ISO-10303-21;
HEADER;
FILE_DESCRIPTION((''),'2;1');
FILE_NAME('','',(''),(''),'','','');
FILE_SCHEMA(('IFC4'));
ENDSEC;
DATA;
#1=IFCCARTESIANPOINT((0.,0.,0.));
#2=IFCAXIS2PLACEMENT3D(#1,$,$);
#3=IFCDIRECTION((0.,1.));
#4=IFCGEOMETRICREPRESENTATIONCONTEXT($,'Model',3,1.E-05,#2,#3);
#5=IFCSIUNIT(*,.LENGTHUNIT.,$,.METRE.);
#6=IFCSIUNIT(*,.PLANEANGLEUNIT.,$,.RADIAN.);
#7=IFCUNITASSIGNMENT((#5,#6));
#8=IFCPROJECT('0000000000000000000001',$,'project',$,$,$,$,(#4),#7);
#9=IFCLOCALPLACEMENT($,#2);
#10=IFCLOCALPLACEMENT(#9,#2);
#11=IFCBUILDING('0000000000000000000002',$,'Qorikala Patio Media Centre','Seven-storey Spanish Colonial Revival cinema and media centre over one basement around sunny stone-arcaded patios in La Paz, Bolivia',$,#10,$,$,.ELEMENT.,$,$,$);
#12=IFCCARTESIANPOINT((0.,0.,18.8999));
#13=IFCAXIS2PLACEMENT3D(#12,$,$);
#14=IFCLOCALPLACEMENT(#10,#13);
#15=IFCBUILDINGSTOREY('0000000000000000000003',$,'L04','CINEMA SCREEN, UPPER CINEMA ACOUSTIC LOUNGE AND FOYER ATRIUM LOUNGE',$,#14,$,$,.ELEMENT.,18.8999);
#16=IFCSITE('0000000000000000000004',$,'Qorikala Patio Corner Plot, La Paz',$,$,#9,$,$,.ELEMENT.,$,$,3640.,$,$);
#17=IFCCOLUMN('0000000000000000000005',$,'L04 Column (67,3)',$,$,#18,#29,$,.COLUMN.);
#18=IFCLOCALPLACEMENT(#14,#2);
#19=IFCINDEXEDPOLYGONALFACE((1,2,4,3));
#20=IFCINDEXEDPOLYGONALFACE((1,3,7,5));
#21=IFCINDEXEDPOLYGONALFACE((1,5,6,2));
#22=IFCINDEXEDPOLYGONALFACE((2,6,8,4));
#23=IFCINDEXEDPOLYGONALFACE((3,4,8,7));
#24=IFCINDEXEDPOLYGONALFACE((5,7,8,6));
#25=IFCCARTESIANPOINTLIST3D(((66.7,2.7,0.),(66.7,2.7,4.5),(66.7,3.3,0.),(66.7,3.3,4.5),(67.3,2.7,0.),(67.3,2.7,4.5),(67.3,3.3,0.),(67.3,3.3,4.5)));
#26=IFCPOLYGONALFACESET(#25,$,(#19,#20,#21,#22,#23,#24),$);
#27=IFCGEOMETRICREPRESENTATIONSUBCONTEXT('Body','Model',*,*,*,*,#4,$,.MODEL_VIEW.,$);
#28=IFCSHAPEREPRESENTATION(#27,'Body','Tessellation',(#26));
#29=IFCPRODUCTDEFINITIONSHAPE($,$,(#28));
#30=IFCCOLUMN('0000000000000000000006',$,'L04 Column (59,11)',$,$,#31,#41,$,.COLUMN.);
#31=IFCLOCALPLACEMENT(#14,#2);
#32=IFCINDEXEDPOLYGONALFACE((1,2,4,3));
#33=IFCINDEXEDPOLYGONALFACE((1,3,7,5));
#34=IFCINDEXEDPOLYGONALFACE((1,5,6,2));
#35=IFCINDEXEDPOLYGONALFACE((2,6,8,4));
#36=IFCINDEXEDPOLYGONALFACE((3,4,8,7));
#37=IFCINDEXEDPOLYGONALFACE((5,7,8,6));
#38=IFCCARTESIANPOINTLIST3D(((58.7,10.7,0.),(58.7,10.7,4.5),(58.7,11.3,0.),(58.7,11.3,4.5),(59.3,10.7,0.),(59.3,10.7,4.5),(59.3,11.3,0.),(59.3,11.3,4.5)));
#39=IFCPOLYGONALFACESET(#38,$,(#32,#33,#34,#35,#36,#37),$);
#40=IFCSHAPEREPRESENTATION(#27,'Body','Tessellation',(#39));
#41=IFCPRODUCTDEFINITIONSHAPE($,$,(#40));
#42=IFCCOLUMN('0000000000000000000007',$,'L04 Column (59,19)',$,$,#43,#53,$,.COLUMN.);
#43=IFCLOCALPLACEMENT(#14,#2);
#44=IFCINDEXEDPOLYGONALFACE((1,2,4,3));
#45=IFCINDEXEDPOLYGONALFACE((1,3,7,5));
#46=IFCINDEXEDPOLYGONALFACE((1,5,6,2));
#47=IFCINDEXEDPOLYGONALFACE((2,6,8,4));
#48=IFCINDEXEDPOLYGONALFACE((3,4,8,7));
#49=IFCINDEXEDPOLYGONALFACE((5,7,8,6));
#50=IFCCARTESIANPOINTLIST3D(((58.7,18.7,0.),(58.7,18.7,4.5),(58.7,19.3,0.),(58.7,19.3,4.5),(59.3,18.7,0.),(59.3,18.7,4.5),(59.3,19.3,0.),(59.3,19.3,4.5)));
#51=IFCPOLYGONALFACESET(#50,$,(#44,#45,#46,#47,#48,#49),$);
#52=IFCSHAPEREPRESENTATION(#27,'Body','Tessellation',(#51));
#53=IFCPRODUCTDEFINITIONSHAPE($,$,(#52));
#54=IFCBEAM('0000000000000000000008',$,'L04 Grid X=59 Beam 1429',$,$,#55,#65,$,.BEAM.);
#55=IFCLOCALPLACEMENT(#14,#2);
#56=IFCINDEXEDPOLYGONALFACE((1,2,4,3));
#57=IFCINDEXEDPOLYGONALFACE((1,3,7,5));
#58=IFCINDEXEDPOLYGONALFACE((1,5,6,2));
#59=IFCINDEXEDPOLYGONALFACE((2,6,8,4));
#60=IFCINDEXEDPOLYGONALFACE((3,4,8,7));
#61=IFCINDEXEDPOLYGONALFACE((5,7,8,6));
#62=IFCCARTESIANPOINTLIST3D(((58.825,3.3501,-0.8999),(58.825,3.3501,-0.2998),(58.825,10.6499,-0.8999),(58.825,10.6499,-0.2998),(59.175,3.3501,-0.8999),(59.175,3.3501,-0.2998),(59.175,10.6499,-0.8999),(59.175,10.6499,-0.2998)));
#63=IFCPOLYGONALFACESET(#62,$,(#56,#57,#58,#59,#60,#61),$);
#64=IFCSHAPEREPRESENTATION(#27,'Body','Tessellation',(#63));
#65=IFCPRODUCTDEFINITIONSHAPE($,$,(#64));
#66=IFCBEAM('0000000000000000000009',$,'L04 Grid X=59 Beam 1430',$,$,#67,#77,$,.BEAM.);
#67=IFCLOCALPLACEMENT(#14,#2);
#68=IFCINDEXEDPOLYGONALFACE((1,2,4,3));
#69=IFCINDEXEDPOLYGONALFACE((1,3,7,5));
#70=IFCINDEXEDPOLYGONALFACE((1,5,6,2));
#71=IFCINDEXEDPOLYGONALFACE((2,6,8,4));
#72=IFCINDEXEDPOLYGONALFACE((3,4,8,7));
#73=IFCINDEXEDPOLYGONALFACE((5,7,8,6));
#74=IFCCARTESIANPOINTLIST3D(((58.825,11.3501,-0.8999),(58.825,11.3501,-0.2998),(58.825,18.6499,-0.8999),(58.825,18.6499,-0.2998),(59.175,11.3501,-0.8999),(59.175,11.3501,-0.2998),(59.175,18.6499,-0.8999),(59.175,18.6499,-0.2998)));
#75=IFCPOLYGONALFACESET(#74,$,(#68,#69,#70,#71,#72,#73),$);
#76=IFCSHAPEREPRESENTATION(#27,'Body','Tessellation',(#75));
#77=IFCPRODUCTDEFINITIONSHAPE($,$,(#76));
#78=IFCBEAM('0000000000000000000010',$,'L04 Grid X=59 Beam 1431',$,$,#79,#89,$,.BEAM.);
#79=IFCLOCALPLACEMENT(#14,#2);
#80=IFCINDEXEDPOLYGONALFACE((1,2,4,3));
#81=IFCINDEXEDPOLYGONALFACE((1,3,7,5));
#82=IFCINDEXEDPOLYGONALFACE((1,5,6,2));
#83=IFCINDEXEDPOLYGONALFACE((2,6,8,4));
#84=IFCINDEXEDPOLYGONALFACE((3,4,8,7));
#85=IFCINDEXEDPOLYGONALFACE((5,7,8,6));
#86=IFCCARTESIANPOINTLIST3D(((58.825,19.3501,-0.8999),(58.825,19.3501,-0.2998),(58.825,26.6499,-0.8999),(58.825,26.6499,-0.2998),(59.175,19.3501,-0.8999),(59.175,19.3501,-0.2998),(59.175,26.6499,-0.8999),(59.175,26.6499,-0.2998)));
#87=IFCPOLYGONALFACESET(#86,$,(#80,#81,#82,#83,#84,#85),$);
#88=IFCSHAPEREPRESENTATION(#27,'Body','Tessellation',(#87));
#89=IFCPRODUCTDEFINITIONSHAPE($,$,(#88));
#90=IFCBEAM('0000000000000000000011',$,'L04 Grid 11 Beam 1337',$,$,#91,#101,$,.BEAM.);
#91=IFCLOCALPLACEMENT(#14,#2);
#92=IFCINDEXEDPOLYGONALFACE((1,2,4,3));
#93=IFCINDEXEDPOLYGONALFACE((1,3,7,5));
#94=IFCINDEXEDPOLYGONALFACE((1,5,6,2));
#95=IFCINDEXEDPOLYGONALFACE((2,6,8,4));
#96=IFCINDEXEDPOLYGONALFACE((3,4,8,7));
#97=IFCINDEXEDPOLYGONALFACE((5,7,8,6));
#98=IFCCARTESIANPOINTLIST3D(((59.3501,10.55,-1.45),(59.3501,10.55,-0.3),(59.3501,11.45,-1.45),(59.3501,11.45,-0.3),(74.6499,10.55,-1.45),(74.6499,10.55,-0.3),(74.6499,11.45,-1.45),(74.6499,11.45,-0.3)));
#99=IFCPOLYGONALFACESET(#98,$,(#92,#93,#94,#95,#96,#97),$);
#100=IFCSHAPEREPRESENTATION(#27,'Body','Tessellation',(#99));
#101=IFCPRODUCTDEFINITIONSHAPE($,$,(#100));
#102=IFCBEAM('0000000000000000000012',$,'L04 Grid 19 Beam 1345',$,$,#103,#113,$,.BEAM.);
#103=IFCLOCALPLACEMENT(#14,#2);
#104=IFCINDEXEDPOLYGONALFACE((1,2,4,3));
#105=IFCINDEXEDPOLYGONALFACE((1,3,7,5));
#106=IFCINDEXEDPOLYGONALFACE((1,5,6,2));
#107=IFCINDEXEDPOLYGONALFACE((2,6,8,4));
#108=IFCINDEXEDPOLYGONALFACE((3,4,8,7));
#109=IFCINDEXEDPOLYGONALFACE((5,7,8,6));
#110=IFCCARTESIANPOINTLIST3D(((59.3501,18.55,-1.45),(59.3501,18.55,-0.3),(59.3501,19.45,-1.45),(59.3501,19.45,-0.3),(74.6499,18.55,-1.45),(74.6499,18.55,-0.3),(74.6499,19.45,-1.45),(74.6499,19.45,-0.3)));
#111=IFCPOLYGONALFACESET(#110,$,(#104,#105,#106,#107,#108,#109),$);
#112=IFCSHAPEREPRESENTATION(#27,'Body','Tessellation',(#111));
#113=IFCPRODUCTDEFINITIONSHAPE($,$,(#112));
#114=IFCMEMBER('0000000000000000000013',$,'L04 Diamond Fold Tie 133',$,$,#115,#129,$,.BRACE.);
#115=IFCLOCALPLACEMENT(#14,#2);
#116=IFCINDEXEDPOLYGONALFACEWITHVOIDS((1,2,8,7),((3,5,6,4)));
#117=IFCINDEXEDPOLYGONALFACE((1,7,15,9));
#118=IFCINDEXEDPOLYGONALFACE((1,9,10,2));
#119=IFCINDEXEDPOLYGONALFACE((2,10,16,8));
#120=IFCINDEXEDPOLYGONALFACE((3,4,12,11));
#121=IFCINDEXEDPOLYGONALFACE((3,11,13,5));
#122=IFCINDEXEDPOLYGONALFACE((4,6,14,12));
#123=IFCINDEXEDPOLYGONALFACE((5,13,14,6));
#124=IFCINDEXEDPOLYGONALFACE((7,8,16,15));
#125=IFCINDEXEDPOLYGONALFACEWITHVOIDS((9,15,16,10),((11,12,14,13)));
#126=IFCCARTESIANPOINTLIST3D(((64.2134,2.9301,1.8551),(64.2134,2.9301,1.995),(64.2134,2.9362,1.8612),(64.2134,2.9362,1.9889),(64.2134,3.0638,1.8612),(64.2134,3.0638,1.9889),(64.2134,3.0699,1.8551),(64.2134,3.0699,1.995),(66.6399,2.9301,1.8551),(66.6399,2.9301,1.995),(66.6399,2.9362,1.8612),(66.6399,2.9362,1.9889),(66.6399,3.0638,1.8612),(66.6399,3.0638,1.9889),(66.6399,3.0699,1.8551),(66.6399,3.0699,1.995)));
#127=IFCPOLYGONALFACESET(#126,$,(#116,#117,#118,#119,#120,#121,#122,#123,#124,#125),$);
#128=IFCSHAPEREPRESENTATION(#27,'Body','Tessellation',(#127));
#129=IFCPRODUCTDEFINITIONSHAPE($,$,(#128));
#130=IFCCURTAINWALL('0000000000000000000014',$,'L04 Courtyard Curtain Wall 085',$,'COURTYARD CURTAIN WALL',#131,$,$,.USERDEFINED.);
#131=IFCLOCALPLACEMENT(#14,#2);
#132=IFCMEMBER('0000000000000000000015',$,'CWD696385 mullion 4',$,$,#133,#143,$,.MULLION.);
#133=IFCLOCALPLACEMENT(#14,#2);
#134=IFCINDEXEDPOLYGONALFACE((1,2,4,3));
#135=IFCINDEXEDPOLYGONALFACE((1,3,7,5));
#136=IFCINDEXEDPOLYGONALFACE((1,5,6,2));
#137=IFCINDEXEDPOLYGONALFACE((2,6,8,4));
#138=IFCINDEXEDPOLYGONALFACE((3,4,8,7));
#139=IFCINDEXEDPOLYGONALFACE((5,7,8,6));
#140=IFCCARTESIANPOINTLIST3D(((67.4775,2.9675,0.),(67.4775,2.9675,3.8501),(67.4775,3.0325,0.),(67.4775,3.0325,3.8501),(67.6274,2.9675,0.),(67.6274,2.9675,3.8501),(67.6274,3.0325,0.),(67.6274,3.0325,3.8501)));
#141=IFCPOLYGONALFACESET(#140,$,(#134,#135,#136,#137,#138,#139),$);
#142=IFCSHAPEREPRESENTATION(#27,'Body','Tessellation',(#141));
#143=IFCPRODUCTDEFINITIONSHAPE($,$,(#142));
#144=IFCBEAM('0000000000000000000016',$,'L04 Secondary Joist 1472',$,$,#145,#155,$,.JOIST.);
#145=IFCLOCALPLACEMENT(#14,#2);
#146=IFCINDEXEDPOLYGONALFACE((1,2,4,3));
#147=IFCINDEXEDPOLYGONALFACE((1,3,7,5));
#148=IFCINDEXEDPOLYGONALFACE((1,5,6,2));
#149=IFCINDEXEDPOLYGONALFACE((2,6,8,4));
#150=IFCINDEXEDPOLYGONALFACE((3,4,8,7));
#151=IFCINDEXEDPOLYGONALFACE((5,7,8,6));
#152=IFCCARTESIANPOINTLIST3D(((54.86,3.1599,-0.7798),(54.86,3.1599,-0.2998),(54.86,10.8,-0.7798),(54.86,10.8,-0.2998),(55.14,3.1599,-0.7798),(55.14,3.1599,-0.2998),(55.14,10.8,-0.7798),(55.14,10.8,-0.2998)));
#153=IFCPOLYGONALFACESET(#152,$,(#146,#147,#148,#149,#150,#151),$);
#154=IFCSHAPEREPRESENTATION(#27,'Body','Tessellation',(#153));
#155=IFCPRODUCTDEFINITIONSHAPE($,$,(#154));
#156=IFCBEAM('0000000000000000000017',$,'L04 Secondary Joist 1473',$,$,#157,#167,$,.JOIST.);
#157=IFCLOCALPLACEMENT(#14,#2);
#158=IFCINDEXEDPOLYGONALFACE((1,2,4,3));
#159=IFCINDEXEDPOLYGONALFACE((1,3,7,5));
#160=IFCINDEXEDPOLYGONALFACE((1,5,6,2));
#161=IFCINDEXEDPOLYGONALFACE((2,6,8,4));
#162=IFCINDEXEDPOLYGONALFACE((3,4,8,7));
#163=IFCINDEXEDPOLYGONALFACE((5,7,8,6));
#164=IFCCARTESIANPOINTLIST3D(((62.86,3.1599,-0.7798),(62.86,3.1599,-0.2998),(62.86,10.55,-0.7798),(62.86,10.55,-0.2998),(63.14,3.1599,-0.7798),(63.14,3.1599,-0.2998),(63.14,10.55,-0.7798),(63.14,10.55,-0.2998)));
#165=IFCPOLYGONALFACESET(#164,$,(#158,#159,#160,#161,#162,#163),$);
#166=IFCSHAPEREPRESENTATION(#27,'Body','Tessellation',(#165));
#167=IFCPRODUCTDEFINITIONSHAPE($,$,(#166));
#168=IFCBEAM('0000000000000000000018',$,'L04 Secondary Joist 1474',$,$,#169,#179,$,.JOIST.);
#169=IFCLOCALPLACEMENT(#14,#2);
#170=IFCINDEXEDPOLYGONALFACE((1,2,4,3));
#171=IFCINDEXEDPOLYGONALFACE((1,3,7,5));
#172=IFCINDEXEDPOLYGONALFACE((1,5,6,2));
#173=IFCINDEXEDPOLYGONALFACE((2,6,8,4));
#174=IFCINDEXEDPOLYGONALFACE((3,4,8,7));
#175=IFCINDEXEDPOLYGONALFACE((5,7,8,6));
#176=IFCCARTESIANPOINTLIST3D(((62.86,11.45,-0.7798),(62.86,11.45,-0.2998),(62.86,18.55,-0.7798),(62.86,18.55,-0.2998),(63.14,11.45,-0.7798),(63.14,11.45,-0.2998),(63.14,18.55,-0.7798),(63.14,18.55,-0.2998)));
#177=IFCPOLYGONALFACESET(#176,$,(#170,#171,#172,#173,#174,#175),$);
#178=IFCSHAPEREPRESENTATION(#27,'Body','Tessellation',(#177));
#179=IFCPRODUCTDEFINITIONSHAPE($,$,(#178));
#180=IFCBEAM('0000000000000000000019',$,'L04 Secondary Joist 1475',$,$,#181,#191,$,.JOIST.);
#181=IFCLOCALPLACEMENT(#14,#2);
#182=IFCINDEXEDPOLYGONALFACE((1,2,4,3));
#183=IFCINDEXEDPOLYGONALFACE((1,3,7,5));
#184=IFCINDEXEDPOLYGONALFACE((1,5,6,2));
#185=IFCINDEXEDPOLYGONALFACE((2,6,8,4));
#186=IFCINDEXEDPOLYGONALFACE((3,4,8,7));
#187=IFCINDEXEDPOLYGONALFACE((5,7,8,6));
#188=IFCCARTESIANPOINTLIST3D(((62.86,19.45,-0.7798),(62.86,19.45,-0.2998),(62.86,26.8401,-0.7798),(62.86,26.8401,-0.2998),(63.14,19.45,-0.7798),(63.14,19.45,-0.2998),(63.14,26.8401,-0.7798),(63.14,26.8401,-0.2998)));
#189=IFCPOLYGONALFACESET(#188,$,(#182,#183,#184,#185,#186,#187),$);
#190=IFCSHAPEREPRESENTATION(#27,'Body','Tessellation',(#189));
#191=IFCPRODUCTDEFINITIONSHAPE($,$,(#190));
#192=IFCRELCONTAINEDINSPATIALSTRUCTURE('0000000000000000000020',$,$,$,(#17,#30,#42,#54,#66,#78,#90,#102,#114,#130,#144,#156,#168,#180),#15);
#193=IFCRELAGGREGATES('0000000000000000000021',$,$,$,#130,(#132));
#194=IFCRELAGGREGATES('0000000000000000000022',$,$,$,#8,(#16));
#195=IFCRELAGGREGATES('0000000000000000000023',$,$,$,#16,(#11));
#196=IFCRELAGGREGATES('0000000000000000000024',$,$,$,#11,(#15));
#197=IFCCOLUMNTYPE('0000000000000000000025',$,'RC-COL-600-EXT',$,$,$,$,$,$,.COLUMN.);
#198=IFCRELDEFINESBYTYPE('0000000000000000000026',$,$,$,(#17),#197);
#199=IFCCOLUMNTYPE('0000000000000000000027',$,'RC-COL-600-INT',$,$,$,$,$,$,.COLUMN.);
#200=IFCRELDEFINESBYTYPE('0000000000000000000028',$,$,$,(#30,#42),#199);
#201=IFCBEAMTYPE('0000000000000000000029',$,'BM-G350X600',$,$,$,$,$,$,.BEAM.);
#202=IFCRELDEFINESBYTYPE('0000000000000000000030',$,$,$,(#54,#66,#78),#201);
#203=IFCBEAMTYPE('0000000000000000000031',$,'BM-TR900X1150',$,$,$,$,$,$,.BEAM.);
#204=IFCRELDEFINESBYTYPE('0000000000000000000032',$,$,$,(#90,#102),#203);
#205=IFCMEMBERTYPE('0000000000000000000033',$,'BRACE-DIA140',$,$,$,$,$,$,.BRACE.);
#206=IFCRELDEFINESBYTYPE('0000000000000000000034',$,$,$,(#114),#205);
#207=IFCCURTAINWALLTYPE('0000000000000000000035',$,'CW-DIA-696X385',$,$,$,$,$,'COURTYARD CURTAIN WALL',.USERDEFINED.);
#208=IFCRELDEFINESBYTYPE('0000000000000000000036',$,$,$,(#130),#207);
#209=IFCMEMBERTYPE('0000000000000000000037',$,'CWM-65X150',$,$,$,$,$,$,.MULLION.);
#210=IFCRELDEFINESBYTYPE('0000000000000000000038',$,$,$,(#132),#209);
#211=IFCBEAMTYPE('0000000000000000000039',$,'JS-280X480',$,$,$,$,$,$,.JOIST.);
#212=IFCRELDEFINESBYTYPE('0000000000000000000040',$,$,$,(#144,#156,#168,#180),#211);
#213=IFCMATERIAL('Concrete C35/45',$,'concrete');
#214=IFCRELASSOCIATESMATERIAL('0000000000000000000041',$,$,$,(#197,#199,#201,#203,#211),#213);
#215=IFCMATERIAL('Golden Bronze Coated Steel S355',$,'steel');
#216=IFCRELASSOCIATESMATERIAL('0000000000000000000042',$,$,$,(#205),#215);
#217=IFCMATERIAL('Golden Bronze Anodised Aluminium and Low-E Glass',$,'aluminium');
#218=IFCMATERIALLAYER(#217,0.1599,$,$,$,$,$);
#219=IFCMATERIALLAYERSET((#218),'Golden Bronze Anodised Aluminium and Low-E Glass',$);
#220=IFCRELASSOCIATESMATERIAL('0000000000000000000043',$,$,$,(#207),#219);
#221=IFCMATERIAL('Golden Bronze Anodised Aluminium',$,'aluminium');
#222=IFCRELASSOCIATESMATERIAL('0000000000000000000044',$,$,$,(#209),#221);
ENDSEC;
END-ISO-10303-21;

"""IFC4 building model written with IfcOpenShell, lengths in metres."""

from ifc_helpers import new_model, si_unit, direction, frame, origin, origin_2d, place, context, subcontext, project, spatial, rectangle, hollow_rectangle, extrude, material, layer, layer_set, material_profile, profile_set, type_object, element, aggregate, save


model = new_model("IFC4")

# Units and contexts
model_context = context("Model", 3, precision=1e-05, world=origin(), true_north=direction((0.0, 1.0)))
body_context = subcontext(model_context, "Body", "Model", "MODEL_VIEW")
ifc_project = project(units=[si_unit("LENGTHUNIT", "METRE"), si_unit("PLANEANGLEUNIT", "RADIAN")], contexts=[model_context])

# Site, building, storey
site_placement = place(None, origin())
site = spatial("IfcSite", under=ifc_project, at=site_placement, Name="Qorikala Patio Corner Plot, La Paz", CompositionType="ELEMENT", RefElevation=3640.0)
building_placement = place(site_placement, origin())
building = spatial("IfcBuilding", under=site, at=building_placement, Name="Qorikala Patio Media Centre", Description="Seven-storey Spanish Colonial Revival cinema and media centre over one basement around sunny stone-arcaded patios in La Paz, Bolivia", CompositionType="ELEMENT")
storey_placement = place(building_placement, frame((0.0, 0.0, 18.8999)))
storey = spatial("IfcBuildingStorey", under=building, at=storey_placement, Name="L04", Description="CINEMA SCREEN, UPPER CINEMA ACOUSTIC LOUNGE AND FOYER ATRIUM LOUNGE", CompositionType="ELEMENT", Elevation=18.8999)

# Columns
ifc_material_1 = material(Name="Concrete C35/45", Category="concrete")
ifc_material_profile_1 = material_profile(ifc_material_1, rectangle(XDim=0.6001, YDim=0.6001, at=origin_2d()), Name="RC 600x600")
ifc_profile_set_1 = profile_set([ifc_material_profile_1], Name="Concrete C35/45")
column_type_1 = type_object("IfcColumnType", Name="RC-COL-600-EXT", PredefinedType="COLUMN", material=ifc_profile_set_1)
column_placement = place(storey_placement, frame((67.0, 3.0, 0.0), z_axis=(0.0, 0.0, 1.0), x_axis=(1.0, 0.0, 0.0)))
element("IfcColumn", 1, at=column_placement, inside=storey, type_object=column_type_1, Name="L04 Column (67,3)", PredefinedType="COLUMN", context=body_context, shape_type="SweptSolid", body=[
    extrude(rectangle(XDim=0.6001, YDim=0.6001, at=origin_2d()), origin(), (0.0, 0.0, 1.0), 4.5),
])
ifc_material_profile_2 = material_profile(ifc_material_1, rectangle(XDim=0.6001, YDim=0.6001, at=origin_2d()), Name="RC 600x600")
ifc_profile_set_2 = profile_set([ifc_material_profile_2], Name="Concrete C35/45")
column_type_2 = type_object("IfcColumnType", Name="RC-COL-600-INT", PredefinedType="COLUMN", material=ifc_profile_set_2)
for number, where, z_axis, x_axis, name in (
    (2, (59.0, 11.0, 0.0), (0.0, 0.0, 1.0), (1.0, 0.0, 0.0), "L04 Column (59,11)"),
    (3, (59.0, 19.0, 0.0), (0.0, 0.0, 1.0), (1.0, 0.0, 0.0), "L04 Column (59,19)"),
):
    element("IfcColumn", number, at=place(storey_placement, frame(where, z_axis=z_axis, x_axis=x_axis)), inside=storey, type_object=column_type_2, Name=name, PredefinedType="COLUMN", context=body_context, shape_type="SweptSolid", body=[
        extrude(rectangle(XDim=0.6001, YDim=0.6001, at=origin_2d()), origin(), (0.0, 0.0, 1.0), 4.5),
    ])

# Beams
ifc_material_profile_3 = material_profile(ifc_material_1, rectangle(XDim=0.3501, YDim=0.6001, at=origin_2d()), Name="RC 350x600")
ifc_profile_set_3 = profile_set([ifc_material_profile_3], Name="Concrete C35/45")
beam_type_1 = type_object("IfcBeamType", Name="BM-G350X600", PredefinedType="BEAM", material=ifc_profile_set_3)
for number, where, z_axis, x_axis, name in (
    (4, (59.0, 3.3501, -0.5999), (0.0, 1.0, 0.0), (-1.0, 0.0, 0.0), "L04 Grid X=59 Beam 1429"),
    (5, (59.0, 11.3501, -0.5999), (0.0, 1.0, 0.0), (-1.0, 0.0, 0.0), "L04 Grid X=59 Beam 1430"),
    (6, (59.0, 19.3501, -0.5999), (0.0, 1.0, 0.0), (-1.0, 0.0, 0.0), "L04 Grid X=59 Beam 1431"),
):
    element("IfcBeam", number, at=place(storey_placement, frame(where, z_axis=z_axis, x_axis=x_axis)), inside=storey, type_object=beam_type_1, Name=name, PredefinedType="BEAM", context=body_context, shape_type="SweptSolid", body=[
        extrude(rectangle(XDim=0.3501, YDim=0.6001, at=origin_2d()), origin(), (0.0, 0.0, 1.0), 7.2998),
    ])
ifc_material_profile_4 = material_profile(ifc_material_1, rectangle(XDim=0.8999, YDim=1.1499, at=origin_2d()), Name="RC 900x1150")
ifc_profile_set_4 = profile_set([ifc_material_profile_4], Name="Concrete C35/45")
beam_type_2 = type_object("IfcBeamType", Name="BM-TR900X1150", PredefinedType="BEAM", material=ifc_profile_set_4)
for number, where, z_axis, x_axis, name in (
    (7, (59.3501, 11.0, -0.875), (1.0, 0.0, 0.0), (0.0, 1.0, 0.0), "L04 Grid 11 Beam 1337"),
    (8, (59.3501, 19.0, -0.875), (1.0, 0.0, 0.0), (0.0, 1.0, 0.0), "L04 Grid 19 Beam 1345"),
):
    element("IfcBeam", number, at=place(storey_placement, frame(where, z_axis=z_axis, x_axis=x_axis)), inside=storey, type_object=beam_type_2, Name=name, PredefinedType="BEAM", context=body_context, shape_type="SweptSolid", body=[
        extrude(rectangle(XDim=0.8999, YDim=1.1499, at=origin_2d()), origin(), (0.0, 0.0, 1.0), 15.2998),
    ])

# Member
ifc_material_2 = material(Name="Golden Bronze Coated Steel S355", Category="steel")
ifc_material_profile_5 = material_profile(ifc_material_2, hollow_rectangle(XDim=0.1399, YDim=0.1399, WallThickness=0.0061, at=origin_2d()), Name="HSS140X140X6")
ifc_profile_set_5 = profile_set([ifc_material_profile_5], Name="Golden Bronze Coated Steel S355")
member_type_1 = type_object("IfcMemberType", Name="BRACE-DIA140", PredefinedType="BRACE", material=ifc_profile_set_5)
member_1_placement = place(storey_placement, frame((66.6399, 3.0, 1.925), z_axis=(-1.0, 0.0, 0.0), x_axis=(0.0, -1.0, 0.0)))
element("IfcMember", 9, at=member_1_placement, inside=storey, type_object=member_type_1, Name="L04 Diamond Fold Tie 133", PredefinedType="BRACE", context=body_context, shape_type="SweptSolid", body=[
    extrude(hollow_rectangle(XDim=0.1399, YDim=0.1399, WallThickness=0.0061, at=origin_2d()), origin(), (0.0, 0.0, 1.0), 2.4265),
])

# Curtain wall, member
ifc_material_3 = material(Name="Golden Bronze Anodised Aluminium and Low-E Glass", Category="aluminium")
ifc_layer_1 = layer(ifc_material_3, 0.1599)
ifc_layer_set_1 = layer_set([ifc_layer_1], Name="Golden Bronze Anodised Aluminium and Low-E Glass")
curtain_wall_type = type_object("IfcCurtainWallType", Name="CW-DIA-696X385", ElementType="COURTYARD CURTAIN WALL", PredefinedType="USERDEFINED", material=ifc_layer_set_1)
curtain_wall_placement = place(storey_placement, origin())
curtain_wall = element("IfcCurtainWall", 10, at=curtain_wall_placement, inside=storey, type_object=curtain_wall_type, Name="L04 Courtyard Curtain Wall 085", ObjectType="COURTYARD CURTAIN WALL", PredefinedType="USERDEFINED")
ifc_material_4 = material(Name="Golden Bronze Anodised Aluminium", Category="aluminium")
ifc_material_profile_6 = material_profile(ifc_material_4, rectangle(XDim=0.0649, YDim=0.1499, at=origin_2d()), Name="ALU MULLION 65x150")
ifc_profile_set_6 = profile_set([ifc_material_profile_6], Name="Golden Bronze Anodised Aluminium")
member_type_2 = type_object("IfcMemberType", Name="CWM-65X150", PredefinedType="MULLION", material=ifc_profile_set_6)
member_2_placement = place(storey_placement, frame((67.5525, 3.0, 0.0), z_axis=(0.0, 0.0, 1.0), x_axis=(0.0, -1.0, 0.0)))
member_2 = element("IfcMember", 11, at=member_2_placement, type_object=member_type_2, Name="CWD696385 mullion 4", PredefinedType="MULLION", context=body_context, shape_type="SweptSolid", body=[
    extrude(rectangle(XDim=0.0649, YDim=0.1499, at=origin_2d()), origin(), (0.0, 0.0, 1.0), 3.8501),
])
aggregate(curtain_wall, [member_2])

# Beams
ifc_material_profile_7 = material_profile(ifc_material_1, rectangle(XDim=0.28, YDim=0.48, at=origin_2d()), Name="RC 280x480")
ifc_profile_set_7 = profile_set([ifc_material_profile_7], Name="Concrete C35/45")
beam_type_3 = type_object("IfcBeamType", Name="JS-280X480", PredefinedType="JOIST", material=ifc_profile_set_7)
beam_1_placement = place(storey_placement, frame((55.0, 3.1599, -0.5398), z_axis=(0.0, 1.0, 0.0), x_axis=(-1.0, 0.0, 0.0)))
element("IfcBeam", 12, at=beam_1_placement, inside=storey, type_object=beam_type_3, Name="L04 Secondary Joist 1472", PredefinedType="JOIST", context=body_context, shape_type="SweptSolid", body=[
    extrude(rectangle(XDim=0.28, YDim=0.48, at=origin_2d()), origin(), (0.0, 0.0, 1.0), 7.6401),
])
beam_2_placement = place(storey_placement, frame((63.0, 3.1599, -0.5398), z_axis=(0.0, 1.0, 0.0), x_axis=(-1.0, 0.0, 0.0)))
element("IfcBeam", 13, at=beam_2_placement, inside=storey, type_object=beam_type_3, Name="L04 Secondary Joist 1473", PredefinedType="JOIST", context=body_context, shape_type="SweptSolid", body=[
    extrude(rectangle(XDim=0.28, YDim=0.48, at=origin_2d()), origin(), (0.0, 0.0, 1.0), 7.3901),
])
beam_3_placement = place(storey_placement, frame((63.0, 11.45, -0.5398), z_axis=(0.0, 1.0, 0.0), x_axis=(-1.0, 0.0, 0.0)))
element("IfcBeam", 14, at=beam_3_placement, inside=storey, type_object=beam_type_3, Name="L04 Secondary Joist 1474", PredefinedType="JOIST", context=body_context, shape_type="SweptSolid", body=[
    extrude(rectangle(XDim=0.28, YDim=0.48, at=origin_2d()), origin(), (0.0, 0.0, 1.0), 7.1001),
])
beam_4_placement = place(storey_placement, frame((63.0, 19.45, -0.5398), z_axis=(0.0, 1.0, 0.0), x_axis=(-1.0, 0.0, 0.0)))
element("IfcBeam", 15, at=beam_4_placement, inside=storey, type_object=beam_type_3, Name="L04 Secondary Joist 1475", PredefinedType="JOIST", context=body_context, shape_type="SweptSolid", body=[
    extrude(rectangle(XDim=0.28, YDim=0.48, at=origin_2d()), origin(), (0.0, 0.0, 1.0), 7.3901),
])

save(model, "model.ifc")
